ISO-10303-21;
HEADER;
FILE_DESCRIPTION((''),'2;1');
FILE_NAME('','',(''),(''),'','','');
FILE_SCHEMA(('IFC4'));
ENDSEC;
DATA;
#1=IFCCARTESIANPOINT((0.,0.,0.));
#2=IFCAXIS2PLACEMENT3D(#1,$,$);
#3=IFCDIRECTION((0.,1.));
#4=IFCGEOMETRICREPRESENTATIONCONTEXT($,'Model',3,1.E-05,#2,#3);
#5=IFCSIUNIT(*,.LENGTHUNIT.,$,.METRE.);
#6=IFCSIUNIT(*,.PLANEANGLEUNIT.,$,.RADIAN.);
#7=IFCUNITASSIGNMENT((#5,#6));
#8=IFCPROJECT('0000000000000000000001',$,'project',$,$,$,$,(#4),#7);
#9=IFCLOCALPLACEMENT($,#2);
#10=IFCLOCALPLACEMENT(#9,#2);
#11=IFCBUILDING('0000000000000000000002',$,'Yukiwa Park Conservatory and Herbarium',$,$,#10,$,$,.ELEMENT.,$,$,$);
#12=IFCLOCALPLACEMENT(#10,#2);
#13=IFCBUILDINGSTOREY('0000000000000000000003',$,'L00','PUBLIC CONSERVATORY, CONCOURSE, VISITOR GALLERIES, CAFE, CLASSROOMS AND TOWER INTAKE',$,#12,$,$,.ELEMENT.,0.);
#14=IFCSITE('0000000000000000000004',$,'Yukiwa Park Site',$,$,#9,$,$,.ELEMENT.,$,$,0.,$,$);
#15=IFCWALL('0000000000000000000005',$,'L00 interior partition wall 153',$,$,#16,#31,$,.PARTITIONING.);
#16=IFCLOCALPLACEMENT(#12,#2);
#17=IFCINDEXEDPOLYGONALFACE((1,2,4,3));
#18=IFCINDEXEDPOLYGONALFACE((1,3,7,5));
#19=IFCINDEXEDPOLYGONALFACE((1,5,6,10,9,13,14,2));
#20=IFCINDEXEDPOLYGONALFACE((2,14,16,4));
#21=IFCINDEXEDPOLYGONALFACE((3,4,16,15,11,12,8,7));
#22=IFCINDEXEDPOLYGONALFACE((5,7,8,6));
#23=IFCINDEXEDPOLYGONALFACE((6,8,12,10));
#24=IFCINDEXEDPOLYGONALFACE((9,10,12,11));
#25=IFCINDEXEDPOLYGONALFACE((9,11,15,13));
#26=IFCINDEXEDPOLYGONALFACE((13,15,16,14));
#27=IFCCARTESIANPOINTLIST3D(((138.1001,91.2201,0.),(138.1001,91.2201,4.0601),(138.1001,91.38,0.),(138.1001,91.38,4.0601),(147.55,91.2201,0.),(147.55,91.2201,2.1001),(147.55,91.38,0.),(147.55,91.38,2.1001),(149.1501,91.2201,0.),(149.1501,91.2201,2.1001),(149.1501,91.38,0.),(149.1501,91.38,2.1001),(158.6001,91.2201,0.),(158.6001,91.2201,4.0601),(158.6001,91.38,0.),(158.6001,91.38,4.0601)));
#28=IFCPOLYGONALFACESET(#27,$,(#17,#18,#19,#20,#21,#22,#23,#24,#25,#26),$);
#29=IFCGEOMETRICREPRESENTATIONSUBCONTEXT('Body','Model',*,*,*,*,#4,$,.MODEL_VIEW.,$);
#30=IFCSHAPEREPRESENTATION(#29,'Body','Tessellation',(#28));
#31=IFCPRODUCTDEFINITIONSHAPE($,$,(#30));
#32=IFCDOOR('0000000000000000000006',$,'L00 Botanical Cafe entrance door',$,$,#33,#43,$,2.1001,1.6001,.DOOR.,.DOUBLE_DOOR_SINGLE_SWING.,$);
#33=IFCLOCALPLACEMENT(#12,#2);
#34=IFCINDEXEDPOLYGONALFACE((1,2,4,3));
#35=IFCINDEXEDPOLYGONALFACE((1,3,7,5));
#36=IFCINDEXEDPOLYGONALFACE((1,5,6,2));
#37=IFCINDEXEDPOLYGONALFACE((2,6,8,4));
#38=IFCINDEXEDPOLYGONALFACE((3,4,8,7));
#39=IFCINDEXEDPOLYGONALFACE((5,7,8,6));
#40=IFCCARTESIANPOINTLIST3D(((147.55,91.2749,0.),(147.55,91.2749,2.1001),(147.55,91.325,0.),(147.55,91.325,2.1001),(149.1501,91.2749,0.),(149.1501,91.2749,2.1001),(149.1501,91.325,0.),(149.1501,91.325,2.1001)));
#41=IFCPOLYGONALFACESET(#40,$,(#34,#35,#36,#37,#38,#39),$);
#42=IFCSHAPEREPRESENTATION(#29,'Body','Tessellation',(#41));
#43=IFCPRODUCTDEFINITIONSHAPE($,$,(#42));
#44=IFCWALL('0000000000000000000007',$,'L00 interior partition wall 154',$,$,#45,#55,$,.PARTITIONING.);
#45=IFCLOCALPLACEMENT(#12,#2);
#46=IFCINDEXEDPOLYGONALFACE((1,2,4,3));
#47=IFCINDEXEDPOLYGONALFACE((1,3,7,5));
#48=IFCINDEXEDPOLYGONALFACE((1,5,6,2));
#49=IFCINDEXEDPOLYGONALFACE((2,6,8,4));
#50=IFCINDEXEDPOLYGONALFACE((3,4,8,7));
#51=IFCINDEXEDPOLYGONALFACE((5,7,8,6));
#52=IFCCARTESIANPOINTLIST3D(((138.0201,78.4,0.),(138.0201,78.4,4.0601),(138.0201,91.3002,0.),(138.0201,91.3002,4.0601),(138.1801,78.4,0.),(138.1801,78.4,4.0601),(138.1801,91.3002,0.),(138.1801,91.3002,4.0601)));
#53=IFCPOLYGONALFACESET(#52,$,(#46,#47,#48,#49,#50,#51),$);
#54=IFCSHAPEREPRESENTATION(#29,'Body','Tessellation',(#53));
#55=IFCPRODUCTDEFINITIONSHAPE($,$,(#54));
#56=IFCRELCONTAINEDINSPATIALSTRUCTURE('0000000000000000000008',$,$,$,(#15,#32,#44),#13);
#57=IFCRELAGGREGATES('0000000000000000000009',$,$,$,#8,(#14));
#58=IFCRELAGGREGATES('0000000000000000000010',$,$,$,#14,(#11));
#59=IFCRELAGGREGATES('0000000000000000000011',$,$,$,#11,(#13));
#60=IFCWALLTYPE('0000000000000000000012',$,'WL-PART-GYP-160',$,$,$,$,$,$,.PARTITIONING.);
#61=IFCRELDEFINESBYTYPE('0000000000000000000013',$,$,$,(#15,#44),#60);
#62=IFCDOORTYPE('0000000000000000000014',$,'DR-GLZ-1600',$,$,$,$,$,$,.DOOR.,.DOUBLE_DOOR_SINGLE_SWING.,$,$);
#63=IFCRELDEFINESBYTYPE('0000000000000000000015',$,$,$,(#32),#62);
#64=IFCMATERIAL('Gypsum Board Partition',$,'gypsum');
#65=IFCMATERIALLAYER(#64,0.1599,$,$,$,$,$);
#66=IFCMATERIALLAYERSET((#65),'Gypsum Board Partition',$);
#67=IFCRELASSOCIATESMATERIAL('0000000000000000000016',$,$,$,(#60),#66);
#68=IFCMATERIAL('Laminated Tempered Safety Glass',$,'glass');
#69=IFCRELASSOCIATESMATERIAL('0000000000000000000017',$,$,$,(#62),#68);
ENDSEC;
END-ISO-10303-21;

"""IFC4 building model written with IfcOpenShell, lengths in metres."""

from ifc_helpers import new_model, si_unit, direction, frame, frame_2d, origin, place, context, subcontext, project, spatial, rectangle, extrude, material, layer, layer_set, type_object, element, fill, save


model = new_model("IFC4")

# Units and contexts
model_context = context("Model", 3, precision=1e-05, world=origin(), true_north=direction((0.0, 1.0)))
body_context = subcontext(model_context, "Body", "Model", "MODEL_VIEW")
ifc_project = project(units=[si_unit("LENGTHUNIT", "METRE"), si_unit("PLANEANGLEUNIT", "RADIAN")], contexts=[model_context])

# Site, building, storey
site_placement = place(None, origin())
site = spatial("IfcSite", under=ifc_project, at=site_placement, Name="Yukiwa Park Site", CompositionType="ELEMENT", RefElevation=0.0)
building_placement = place(site_placement, origin())
building = spatial("IfcBuilding", under=site, at=building_placement, Name="Yukiwa Park Conservatory and Herbarium", CompositionType="ELEMENT")
storey_placement = place(building_placement, origin())
storey = spatial("IfcBuildingStorey", under=building, at=storey_placement, Name="L00", Description="PUBLIC CONSERVATORY, CONCOURSE, VISITOR GALLERIES, CAFE, CLASSROOMS AND TOWER INTAKE", CompositionType="ELEMENT", Elevation=0.0)

# Wall, opening, door
ifc_material_1 = material(Name="Gypsum Board Partition", Category="gypsum")
ifc_layer_1 = layer(ifc_material_1, 0.1599)
ifc_layer_set_1 = layer_set([ifc_layer_1], Name="Gypsum Board Partition")
wall_type_1 = type_object("IfcWallType", Name="WL-PART-GYP-160", PredefinedType="PARTITIONING", material=ifc_layer_set_1)
wall_1_placement = place(storey_placement, frame((138.1001, 91.3, 0.0), z_axis=(0.0, 0.0, 1.0), x_axis=(1.0, 0.0, 0.0)))
wall_1 = element("IfcWall", 1, at=wall_1_placement, inside=storey, type_object=wall_type_1, Name="L00 interior partition wall 153", PredefinedType="PARTITIONING", context=body_context, shape_type="SweptSolid", body=[
    extrude(rectangle(XDim=20.5, YDim=0.1599, at=frame_2d((10.25, 0.0))), origin(), (0.0, 0.0, 1.0), 4.0601),
])
opening_1_placement = place(wall_1_placement, frame((9.45, 0.0, 0.0)))
opening_1 = element("IfcOpeningElement", 2, at=opening_1_placement, cuts=wall_1, PredefinedType="OPENING", context=body_context, shape_type="SweptSolid", body=[
    extrude(rectangle(XDim=1.6001, YDim=2.1001, at=frame_2d((0.8, 1.05))), frame((0.0, 0.0898, 0.0), z_axis=(0.0, -1.0, 0.0), x_axis=(1.0, 0.0, 0.0)), (0.0, 0.0, 1.0), 0.1799),
])
ifc_material_2 = material(Name="Laminated Tempered Safety Glass", Category="glass")
door_type = type_object("IfcDoorType", Name="DR-GLZ-1600", OperationType="DOUBLE_DOOR_SINGLE_SWING", PredefinedType="DOOR", material=ifc_material_2)
door_placement = place(opening_1_placement, origin())
door = element("IfcDoor", 3, at=door_placement, inside=storey, type_object=door_type, Name="L00 Botanical Cafe entrance door", OperationType="DOUBLE_DOOR_SINGLE_SWING", OverallHeight=2.1001, OverallWidth=1.6001, PredefinedType="DOOR", context=body_context, shape_type="SweptSolid", body=[
    extrude(rectangle(XDim=1.6001, YDim=2.1001, at=frame_2d((0.8, 1.05))), frame((0.0, 0.0249, 0.0), z_axis=(0.0, -1.0, 0.0), x_axis=(1.0, 0.0, 0.0)), (0.0, 0.0, 1.0), 0.05),
])
fill(opening_1, door)

# Wall
wall_2_placement = place(storey_placement, frame((138.1001, 78.3999, 0.0), z_axis=(0.0, 0.0, 1.0), x_axis=(0.0, 1.0, 0.0)))
element("IfcWall", 4, at=wall_2_placement, inside=storey, type_object=wall_type_1, Name="L00 interior partition wall 154", PredefinedType="PARTITIONING", context=body_context, shape_type="SweptSolid", body=[
    extrude(rectangle(XDim=12.9001, YDim=0.1599, at=frame_2d((6.4502, 0.0))), origin(), (0.0, 0.0, 1.0), 4.0601),
])

save(model, "model.ifc")
